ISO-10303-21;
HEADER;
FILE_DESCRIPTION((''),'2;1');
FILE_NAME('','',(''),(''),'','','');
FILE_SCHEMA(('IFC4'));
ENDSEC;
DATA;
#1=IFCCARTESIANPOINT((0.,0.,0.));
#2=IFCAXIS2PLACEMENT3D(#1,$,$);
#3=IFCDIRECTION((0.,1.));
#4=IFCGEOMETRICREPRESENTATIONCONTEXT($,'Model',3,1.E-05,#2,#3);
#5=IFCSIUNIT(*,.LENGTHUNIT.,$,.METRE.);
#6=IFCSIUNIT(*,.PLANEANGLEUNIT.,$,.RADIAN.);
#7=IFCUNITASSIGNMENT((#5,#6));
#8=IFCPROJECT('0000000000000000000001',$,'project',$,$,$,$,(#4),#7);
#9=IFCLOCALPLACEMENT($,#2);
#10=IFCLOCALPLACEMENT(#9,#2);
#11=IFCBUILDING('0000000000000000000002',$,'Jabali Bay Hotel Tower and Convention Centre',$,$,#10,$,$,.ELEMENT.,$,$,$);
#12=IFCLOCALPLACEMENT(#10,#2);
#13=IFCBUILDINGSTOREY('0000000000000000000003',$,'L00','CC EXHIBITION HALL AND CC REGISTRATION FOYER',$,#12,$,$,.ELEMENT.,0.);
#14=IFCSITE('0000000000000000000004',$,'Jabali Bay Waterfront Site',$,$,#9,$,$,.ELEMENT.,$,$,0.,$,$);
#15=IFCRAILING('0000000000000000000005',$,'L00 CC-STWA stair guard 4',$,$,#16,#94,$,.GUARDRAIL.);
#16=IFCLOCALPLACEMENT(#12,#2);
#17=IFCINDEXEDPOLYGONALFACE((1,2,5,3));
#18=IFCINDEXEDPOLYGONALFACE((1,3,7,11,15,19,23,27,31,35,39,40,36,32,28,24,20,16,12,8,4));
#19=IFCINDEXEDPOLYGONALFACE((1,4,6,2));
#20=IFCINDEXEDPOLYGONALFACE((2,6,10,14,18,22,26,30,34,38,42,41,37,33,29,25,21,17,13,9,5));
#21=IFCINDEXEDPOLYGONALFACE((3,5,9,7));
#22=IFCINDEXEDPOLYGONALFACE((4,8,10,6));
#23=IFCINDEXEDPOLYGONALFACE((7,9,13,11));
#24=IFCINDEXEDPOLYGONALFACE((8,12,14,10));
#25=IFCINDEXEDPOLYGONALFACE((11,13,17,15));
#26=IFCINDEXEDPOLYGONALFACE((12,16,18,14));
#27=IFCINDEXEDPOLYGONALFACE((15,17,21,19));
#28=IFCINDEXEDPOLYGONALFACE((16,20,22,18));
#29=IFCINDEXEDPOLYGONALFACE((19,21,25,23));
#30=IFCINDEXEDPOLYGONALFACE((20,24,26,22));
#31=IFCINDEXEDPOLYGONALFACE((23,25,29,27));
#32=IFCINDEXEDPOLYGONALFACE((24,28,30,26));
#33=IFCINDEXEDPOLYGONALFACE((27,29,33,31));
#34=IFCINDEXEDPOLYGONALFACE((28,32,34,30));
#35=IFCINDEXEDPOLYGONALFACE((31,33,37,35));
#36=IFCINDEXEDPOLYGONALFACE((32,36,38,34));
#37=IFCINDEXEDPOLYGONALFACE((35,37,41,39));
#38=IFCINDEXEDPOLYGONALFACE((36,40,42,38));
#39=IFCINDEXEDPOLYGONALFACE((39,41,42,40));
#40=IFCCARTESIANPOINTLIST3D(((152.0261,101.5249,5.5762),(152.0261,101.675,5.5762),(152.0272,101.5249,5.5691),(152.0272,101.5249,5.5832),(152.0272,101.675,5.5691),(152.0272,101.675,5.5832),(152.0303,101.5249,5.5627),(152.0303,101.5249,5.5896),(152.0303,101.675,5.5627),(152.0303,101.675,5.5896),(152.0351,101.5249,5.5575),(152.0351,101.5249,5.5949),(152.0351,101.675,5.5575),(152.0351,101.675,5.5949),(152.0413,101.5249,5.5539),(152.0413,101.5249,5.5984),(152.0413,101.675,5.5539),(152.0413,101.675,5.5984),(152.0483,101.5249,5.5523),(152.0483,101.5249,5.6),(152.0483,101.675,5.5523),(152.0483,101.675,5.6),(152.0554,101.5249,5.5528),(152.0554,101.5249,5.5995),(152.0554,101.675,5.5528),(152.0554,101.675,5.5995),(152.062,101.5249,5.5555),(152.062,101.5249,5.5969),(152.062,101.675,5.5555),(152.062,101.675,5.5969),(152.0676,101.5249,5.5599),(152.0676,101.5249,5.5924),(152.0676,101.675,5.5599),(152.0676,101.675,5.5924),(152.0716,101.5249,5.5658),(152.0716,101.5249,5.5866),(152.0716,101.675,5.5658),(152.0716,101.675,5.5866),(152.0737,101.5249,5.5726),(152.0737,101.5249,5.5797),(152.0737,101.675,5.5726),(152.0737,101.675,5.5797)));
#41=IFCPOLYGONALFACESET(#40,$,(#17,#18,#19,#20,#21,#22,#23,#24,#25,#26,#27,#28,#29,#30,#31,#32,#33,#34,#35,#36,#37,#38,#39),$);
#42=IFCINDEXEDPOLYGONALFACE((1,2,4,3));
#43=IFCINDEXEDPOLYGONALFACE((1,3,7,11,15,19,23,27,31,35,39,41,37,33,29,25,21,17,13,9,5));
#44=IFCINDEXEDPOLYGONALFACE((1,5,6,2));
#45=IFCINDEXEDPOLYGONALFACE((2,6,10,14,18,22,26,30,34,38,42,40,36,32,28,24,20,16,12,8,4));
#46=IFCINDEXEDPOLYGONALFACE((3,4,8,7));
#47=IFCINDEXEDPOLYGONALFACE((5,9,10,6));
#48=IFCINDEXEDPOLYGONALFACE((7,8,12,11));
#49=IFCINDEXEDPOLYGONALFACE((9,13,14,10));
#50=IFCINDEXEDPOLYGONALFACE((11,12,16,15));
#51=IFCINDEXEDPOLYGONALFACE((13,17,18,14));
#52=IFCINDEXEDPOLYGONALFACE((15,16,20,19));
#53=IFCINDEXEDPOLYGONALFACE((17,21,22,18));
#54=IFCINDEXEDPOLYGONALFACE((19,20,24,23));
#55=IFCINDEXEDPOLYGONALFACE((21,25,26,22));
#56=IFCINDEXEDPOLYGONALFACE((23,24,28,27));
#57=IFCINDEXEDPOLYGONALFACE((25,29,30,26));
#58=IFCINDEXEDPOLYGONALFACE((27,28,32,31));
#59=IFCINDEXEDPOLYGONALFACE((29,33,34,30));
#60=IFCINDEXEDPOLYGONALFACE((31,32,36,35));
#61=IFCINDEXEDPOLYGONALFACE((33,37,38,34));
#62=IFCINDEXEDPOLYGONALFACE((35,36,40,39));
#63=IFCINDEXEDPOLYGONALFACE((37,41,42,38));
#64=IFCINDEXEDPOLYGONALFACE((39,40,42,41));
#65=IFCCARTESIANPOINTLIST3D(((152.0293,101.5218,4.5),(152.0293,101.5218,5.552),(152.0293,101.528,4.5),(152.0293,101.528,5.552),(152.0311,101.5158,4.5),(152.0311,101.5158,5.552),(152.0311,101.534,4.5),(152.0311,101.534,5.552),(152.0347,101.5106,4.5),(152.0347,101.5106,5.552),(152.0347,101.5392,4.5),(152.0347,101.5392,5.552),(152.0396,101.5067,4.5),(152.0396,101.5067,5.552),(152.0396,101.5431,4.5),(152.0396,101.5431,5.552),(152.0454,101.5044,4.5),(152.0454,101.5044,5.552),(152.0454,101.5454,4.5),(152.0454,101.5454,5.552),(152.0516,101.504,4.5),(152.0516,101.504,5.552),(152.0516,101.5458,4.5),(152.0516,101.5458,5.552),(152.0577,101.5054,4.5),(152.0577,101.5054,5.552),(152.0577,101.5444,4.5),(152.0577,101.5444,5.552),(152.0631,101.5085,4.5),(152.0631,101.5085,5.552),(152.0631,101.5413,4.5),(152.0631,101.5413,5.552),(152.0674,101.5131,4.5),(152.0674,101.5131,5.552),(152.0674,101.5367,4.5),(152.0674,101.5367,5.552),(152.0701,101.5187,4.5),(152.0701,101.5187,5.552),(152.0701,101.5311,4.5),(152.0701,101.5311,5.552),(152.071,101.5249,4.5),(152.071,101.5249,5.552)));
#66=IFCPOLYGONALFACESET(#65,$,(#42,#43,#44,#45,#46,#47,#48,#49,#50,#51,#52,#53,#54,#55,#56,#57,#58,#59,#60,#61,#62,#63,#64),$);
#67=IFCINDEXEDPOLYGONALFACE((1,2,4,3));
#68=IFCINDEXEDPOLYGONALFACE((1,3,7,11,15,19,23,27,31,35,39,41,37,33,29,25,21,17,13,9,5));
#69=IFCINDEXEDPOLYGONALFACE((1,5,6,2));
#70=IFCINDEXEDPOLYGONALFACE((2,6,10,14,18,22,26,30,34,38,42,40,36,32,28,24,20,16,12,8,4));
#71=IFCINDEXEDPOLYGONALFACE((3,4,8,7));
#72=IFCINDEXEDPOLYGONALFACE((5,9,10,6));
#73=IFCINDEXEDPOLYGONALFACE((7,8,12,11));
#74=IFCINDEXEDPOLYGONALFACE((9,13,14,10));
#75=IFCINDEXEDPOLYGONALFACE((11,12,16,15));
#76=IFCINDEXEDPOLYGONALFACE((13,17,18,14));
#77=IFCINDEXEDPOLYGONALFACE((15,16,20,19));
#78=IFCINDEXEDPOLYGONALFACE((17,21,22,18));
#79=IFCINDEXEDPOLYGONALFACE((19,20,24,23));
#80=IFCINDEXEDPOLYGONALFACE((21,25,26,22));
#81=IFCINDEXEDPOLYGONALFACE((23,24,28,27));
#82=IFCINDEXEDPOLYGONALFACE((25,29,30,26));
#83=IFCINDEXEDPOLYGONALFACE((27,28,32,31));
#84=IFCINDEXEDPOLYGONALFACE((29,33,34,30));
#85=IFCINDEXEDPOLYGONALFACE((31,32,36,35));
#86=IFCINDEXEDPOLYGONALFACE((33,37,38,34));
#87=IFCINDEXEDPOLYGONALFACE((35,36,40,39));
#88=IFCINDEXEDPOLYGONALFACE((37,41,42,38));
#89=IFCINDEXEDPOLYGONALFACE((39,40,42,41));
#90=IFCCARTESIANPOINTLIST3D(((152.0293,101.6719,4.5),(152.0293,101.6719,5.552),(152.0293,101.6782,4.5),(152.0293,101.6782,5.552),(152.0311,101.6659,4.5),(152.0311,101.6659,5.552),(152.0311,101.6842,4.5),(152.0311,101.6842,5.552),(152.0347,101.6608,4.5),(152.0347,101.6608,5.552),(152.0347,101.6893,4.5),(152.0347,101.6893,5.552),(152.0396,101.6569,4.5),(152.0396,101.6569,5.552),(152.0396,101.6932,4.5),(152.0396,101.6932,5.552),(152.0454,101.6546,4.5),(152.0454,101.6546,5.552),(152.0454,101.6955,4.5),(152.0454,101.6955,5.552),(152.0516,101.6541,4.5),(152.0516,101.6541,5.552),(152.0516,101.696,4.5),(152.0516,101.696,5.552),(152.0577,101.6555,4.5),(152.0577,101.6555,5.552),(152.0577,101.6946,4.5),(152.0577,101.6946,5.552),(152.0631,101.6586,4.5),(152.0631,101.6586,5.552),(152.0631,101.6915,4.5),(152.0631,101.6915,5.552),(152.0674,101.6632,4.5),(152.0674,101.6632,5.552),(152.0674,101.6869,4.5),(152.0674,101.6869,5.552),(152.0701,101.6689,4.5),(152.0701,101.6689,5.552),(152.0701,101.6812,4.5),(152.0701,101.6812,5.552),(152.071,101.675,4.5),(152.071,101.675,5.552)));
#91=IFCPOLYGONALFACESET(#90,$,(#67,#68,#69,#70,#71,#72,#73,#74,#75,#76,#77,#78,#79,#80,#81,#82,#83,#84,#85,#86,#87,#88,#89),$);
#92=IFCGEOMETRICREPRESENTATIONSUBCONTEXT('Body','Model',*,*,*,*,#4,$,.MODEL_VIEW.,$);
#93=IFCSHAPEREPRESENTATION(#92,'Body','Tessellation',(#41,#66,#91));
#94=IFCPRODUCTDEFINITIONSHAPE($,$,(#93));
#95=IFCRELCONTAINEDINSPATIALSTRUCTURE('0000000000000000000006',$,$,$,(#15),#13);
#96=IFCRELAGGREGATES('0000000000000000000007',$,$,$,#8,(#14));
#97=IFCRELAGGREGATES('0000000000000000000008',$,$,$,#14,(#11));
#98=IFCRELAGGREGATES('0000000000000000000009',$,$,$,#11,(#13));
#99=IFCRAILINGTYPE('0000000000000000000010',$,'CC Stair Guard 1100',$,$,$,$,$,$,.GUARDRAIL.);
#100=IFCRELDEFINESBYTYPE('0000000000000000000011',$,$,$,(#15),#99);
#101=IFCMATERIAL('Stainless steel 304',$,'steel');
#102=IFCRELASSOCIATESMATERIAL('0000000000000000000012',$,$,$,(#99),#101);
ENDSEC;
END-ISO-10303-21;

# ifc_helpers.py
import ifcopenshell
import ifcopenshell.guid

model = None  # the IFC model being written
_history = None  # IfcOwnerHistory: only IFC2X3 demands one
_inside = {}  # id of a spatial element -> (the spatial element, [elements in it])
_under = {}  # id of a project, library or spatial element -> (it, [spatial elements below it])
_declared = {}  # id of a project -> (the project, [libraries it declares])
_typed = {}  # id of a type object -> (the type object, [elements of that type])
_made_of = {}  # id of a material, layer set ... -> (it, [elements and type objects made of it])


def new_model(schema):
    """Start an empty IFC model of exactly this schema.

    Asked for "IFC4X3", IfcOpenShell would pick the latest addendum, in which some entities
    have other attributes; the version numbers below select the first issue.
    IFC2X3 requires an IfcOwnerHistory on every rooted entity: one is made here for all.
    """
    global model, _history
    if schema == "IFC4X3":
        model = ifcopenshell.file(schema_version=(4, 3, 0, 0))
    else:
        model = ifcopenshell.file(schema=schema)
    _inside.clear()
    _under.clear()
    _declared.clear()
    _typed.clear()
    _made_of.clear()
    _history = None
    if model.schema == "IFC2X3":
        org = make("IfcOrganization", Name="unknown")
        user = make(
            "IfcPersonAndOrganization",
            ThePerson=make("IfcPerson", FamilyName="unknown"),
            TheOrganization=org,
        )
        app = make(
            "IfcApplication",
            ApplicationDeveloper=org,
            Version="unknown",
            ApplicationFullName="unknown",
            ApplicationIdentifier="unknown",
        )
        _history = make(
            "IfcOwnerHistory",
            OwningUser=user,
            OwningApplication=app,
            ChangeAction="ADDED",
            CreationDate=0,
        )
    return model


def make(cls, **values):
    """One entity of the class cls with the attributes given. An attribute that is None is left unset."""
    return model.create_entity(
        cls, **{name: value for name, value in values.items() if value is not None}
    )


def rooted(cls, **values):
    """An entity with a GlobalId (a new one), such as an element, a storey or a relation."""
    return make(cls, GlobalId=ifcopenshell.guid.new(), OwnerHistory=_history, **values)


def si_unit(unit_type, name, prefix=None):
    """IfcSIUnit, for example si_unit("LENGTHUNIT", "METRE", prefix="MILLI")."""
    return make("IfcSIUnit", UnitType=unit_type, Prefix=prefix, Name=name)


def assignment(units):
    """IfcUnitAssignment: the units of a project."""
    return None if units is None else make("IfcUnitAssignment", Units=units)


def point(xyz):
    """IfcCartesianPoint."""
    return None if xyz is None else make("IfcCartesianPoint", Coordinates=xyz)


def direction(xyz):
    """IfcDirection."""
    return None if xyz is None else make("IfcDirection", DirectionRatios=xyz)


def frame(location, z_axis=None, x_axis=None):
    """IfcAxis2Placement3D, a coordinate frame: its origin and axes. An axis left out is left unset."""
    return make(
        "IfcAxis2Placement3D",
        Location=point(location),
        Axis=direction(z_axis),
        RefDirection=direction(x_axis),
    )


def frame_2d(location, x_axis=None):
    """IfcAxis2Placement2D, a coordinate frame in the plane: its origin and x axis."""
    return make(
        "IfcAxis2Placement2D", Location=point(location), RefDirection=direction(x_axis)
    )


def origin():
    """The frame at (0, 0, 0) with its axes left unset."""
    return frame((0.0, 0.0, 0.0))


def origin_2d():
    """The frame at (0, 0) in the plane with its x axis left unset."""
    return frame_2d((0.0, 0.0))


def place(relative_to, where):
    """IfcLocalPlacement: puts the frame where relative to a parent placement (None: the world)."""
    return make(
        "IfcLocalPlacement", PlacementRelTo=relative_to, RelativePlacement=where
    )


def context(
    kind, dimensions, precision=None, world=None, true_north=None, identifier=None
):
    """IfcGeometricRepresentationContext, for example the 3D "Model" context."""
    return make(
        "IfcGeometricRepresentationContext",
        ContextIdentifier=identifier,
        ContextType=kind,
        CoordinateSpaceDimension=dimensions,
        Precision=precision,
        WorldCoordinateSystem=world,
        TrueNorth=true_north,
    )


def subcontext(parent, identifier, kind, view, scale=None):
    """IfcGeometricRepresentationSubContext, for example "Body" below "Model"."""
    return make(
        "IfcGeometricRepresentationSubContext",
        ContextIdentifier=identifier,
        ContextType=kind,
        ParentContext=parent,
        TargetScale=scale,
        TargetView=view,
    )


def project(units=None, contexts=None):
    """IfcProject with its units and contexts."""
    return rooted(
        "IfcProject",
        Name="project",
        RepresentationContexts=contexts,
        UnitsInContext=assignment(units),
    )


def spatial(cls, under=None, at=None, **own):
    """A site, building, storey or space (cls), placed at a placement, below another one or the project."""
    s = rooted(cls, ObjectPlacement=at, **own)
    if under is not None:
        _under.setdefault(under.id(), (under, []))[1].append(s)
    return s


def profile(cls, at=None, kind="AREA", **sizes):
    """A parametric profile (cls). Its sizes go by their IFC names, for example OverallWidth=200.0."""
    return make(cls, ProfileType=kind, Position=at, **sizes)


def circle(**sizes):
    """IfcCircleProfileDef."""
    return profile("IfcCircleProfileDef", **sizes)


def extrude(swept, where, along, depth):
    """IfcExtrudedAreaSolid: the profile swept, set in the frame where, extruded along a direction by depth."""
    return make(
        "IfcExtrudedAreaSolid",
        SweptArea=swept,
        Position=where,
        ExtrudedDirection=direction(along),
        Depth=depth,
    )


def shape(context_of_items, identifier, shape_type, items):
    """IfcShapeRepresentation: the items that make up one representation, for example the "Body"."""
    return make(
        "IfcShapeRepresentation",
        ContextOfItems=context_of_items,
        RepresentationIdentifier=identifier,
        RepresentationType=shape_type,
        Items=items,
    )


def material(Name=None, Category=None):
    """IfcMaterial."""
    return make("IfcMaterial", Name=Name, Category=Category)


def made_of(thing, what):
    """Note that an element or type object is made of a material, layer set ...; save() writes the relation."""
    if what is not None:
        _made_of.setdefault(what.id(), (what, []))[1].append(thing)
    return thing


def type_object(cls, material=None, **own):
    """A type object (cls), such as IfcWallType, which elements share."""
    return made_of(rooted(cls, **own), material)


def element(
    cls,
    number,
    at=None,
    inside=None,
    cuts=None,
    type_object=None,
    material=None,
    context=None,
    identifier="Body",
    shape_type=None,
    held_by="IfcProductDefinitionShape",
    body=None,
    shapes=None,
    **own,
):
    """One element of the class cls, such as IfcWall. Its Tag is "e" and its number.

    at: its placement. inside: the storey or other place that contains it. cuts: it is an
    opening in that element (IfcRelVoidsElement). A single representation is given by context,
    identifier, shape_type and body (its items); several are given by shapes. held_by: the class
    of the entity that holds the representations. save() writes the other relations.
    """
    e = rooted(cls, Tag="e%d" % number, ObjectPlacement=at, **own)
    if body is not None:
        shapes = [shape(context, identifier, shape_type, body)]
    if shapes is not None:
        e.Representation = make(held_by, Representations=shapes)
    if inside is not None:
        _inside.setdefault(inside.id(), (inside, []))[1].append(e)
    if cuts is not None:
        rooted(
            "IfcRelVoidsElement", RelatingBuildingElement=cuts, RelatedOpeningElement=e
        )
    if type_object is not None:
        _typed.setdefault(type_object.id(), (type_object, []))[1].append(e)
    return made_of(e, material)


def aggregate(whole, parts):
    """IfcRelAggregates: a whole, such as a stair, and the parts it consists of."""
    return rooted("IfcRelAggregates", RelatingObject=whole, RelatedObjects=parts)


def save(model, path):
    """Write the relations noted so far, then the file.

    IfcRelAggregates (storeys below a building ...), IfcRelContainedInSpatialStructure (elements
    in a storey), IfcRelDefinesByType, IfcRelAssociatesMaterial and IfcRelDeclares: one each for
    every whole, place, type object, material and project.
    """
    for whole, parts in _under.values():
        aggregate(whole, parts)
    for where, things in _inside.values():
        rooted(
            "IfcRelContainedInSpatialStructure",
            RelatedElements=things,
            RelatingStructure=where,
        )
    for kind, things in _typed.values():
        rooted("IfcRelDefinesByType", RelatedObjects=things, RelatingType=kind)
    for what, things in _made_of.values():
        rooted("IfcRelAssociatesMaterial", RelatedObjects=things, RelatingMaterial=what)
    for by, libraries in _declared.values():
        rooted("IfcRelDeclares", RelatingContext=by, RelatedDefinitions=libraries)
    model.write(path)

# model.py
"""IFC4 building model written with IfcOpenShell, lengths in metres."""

from ifc_helpers import new_model, si_unit, direction, frame, origin, origin_2d, place, context, subcontext, project, spatial, circle, extrude, material, type_object, element, save


model = new_model("IFC4")

# Units and contexts
model_context = context("Model", 3, precision=1e-05, world=origin(), true_north=direction((0.0, 1.0)))
body_context = subcontext(model_context, "Body", "Model", "MODEL_VIEW")
ifc_project = project(units=[si_unit("LENGTHUNIT", "METRE"), si_unit("PLANEANGLEUNIT", "RADIAN")], contexts=[model_context])

# Site, building, storey
site_placement = place(None, origin())
site = spatial("IfcSite", under=ifc_project, at=site_placement, Name="Jabali Bay Waterfront Site", CompositionType="ELEMENT", RefElevation=0.0)
building_placement = place(site_placement, origin())
building = spatial("IfcBuilding", under=site, at=building_placement, Name="Jabali Bay Hotel Tower and Convention Centre", CompositionType="ELEMENT")
storey_placement = place(building_placement, origin())
storey = spatial("IfcBuildingStorey", under=building, at=storey_placement, Name="L00", Description="CC EXHIBITION HALL AND CC REGISTRATION FOYER", CompositionType="ELEMENT", Elevation=0.0)

# Railing
ifc_material_1 = material(Name="Stainless steel 304", Category="steel")
railing_type_1 = type_object("IfcRailingType", Name="CC Stair Guard 1100", PredefinedType="GUARDRAIL", material=ifc_material_1)
railing_1_placement = place(storey_placement, frame((152.05, 101.5249, 4.5)))
element("IfcRailing", 1, at=railing_1_placement, inside=storey, type_object=railing_type_1, Name="L00 CC-STWA stair guard 4", PredefinedType="GUARDRAIL", context=body_context, shape_type="SweptSolid", body=[
    extrude(circle(Radius=0.0239, at=origin_2d()), frame((0.0, 0.0, 1.0762), z_axis=(0.0, 1.0, 0.0), x_axis=(-1.0, 0.0, 0.0)), (0.0, 0.0, 1.0), 0.1501),
    extrude(circle(Radius=0.021, at=origin_2d()), origin(), (0.0, 0.0, 1.0), 1.052),
    extrude(circle(Radius=0.021, at=origin_2d()), frame((0.0, 0.1501, 0.0)), (0.0, 0.0, 1.0), 1.052),
])

save(model, "model.ifc")
